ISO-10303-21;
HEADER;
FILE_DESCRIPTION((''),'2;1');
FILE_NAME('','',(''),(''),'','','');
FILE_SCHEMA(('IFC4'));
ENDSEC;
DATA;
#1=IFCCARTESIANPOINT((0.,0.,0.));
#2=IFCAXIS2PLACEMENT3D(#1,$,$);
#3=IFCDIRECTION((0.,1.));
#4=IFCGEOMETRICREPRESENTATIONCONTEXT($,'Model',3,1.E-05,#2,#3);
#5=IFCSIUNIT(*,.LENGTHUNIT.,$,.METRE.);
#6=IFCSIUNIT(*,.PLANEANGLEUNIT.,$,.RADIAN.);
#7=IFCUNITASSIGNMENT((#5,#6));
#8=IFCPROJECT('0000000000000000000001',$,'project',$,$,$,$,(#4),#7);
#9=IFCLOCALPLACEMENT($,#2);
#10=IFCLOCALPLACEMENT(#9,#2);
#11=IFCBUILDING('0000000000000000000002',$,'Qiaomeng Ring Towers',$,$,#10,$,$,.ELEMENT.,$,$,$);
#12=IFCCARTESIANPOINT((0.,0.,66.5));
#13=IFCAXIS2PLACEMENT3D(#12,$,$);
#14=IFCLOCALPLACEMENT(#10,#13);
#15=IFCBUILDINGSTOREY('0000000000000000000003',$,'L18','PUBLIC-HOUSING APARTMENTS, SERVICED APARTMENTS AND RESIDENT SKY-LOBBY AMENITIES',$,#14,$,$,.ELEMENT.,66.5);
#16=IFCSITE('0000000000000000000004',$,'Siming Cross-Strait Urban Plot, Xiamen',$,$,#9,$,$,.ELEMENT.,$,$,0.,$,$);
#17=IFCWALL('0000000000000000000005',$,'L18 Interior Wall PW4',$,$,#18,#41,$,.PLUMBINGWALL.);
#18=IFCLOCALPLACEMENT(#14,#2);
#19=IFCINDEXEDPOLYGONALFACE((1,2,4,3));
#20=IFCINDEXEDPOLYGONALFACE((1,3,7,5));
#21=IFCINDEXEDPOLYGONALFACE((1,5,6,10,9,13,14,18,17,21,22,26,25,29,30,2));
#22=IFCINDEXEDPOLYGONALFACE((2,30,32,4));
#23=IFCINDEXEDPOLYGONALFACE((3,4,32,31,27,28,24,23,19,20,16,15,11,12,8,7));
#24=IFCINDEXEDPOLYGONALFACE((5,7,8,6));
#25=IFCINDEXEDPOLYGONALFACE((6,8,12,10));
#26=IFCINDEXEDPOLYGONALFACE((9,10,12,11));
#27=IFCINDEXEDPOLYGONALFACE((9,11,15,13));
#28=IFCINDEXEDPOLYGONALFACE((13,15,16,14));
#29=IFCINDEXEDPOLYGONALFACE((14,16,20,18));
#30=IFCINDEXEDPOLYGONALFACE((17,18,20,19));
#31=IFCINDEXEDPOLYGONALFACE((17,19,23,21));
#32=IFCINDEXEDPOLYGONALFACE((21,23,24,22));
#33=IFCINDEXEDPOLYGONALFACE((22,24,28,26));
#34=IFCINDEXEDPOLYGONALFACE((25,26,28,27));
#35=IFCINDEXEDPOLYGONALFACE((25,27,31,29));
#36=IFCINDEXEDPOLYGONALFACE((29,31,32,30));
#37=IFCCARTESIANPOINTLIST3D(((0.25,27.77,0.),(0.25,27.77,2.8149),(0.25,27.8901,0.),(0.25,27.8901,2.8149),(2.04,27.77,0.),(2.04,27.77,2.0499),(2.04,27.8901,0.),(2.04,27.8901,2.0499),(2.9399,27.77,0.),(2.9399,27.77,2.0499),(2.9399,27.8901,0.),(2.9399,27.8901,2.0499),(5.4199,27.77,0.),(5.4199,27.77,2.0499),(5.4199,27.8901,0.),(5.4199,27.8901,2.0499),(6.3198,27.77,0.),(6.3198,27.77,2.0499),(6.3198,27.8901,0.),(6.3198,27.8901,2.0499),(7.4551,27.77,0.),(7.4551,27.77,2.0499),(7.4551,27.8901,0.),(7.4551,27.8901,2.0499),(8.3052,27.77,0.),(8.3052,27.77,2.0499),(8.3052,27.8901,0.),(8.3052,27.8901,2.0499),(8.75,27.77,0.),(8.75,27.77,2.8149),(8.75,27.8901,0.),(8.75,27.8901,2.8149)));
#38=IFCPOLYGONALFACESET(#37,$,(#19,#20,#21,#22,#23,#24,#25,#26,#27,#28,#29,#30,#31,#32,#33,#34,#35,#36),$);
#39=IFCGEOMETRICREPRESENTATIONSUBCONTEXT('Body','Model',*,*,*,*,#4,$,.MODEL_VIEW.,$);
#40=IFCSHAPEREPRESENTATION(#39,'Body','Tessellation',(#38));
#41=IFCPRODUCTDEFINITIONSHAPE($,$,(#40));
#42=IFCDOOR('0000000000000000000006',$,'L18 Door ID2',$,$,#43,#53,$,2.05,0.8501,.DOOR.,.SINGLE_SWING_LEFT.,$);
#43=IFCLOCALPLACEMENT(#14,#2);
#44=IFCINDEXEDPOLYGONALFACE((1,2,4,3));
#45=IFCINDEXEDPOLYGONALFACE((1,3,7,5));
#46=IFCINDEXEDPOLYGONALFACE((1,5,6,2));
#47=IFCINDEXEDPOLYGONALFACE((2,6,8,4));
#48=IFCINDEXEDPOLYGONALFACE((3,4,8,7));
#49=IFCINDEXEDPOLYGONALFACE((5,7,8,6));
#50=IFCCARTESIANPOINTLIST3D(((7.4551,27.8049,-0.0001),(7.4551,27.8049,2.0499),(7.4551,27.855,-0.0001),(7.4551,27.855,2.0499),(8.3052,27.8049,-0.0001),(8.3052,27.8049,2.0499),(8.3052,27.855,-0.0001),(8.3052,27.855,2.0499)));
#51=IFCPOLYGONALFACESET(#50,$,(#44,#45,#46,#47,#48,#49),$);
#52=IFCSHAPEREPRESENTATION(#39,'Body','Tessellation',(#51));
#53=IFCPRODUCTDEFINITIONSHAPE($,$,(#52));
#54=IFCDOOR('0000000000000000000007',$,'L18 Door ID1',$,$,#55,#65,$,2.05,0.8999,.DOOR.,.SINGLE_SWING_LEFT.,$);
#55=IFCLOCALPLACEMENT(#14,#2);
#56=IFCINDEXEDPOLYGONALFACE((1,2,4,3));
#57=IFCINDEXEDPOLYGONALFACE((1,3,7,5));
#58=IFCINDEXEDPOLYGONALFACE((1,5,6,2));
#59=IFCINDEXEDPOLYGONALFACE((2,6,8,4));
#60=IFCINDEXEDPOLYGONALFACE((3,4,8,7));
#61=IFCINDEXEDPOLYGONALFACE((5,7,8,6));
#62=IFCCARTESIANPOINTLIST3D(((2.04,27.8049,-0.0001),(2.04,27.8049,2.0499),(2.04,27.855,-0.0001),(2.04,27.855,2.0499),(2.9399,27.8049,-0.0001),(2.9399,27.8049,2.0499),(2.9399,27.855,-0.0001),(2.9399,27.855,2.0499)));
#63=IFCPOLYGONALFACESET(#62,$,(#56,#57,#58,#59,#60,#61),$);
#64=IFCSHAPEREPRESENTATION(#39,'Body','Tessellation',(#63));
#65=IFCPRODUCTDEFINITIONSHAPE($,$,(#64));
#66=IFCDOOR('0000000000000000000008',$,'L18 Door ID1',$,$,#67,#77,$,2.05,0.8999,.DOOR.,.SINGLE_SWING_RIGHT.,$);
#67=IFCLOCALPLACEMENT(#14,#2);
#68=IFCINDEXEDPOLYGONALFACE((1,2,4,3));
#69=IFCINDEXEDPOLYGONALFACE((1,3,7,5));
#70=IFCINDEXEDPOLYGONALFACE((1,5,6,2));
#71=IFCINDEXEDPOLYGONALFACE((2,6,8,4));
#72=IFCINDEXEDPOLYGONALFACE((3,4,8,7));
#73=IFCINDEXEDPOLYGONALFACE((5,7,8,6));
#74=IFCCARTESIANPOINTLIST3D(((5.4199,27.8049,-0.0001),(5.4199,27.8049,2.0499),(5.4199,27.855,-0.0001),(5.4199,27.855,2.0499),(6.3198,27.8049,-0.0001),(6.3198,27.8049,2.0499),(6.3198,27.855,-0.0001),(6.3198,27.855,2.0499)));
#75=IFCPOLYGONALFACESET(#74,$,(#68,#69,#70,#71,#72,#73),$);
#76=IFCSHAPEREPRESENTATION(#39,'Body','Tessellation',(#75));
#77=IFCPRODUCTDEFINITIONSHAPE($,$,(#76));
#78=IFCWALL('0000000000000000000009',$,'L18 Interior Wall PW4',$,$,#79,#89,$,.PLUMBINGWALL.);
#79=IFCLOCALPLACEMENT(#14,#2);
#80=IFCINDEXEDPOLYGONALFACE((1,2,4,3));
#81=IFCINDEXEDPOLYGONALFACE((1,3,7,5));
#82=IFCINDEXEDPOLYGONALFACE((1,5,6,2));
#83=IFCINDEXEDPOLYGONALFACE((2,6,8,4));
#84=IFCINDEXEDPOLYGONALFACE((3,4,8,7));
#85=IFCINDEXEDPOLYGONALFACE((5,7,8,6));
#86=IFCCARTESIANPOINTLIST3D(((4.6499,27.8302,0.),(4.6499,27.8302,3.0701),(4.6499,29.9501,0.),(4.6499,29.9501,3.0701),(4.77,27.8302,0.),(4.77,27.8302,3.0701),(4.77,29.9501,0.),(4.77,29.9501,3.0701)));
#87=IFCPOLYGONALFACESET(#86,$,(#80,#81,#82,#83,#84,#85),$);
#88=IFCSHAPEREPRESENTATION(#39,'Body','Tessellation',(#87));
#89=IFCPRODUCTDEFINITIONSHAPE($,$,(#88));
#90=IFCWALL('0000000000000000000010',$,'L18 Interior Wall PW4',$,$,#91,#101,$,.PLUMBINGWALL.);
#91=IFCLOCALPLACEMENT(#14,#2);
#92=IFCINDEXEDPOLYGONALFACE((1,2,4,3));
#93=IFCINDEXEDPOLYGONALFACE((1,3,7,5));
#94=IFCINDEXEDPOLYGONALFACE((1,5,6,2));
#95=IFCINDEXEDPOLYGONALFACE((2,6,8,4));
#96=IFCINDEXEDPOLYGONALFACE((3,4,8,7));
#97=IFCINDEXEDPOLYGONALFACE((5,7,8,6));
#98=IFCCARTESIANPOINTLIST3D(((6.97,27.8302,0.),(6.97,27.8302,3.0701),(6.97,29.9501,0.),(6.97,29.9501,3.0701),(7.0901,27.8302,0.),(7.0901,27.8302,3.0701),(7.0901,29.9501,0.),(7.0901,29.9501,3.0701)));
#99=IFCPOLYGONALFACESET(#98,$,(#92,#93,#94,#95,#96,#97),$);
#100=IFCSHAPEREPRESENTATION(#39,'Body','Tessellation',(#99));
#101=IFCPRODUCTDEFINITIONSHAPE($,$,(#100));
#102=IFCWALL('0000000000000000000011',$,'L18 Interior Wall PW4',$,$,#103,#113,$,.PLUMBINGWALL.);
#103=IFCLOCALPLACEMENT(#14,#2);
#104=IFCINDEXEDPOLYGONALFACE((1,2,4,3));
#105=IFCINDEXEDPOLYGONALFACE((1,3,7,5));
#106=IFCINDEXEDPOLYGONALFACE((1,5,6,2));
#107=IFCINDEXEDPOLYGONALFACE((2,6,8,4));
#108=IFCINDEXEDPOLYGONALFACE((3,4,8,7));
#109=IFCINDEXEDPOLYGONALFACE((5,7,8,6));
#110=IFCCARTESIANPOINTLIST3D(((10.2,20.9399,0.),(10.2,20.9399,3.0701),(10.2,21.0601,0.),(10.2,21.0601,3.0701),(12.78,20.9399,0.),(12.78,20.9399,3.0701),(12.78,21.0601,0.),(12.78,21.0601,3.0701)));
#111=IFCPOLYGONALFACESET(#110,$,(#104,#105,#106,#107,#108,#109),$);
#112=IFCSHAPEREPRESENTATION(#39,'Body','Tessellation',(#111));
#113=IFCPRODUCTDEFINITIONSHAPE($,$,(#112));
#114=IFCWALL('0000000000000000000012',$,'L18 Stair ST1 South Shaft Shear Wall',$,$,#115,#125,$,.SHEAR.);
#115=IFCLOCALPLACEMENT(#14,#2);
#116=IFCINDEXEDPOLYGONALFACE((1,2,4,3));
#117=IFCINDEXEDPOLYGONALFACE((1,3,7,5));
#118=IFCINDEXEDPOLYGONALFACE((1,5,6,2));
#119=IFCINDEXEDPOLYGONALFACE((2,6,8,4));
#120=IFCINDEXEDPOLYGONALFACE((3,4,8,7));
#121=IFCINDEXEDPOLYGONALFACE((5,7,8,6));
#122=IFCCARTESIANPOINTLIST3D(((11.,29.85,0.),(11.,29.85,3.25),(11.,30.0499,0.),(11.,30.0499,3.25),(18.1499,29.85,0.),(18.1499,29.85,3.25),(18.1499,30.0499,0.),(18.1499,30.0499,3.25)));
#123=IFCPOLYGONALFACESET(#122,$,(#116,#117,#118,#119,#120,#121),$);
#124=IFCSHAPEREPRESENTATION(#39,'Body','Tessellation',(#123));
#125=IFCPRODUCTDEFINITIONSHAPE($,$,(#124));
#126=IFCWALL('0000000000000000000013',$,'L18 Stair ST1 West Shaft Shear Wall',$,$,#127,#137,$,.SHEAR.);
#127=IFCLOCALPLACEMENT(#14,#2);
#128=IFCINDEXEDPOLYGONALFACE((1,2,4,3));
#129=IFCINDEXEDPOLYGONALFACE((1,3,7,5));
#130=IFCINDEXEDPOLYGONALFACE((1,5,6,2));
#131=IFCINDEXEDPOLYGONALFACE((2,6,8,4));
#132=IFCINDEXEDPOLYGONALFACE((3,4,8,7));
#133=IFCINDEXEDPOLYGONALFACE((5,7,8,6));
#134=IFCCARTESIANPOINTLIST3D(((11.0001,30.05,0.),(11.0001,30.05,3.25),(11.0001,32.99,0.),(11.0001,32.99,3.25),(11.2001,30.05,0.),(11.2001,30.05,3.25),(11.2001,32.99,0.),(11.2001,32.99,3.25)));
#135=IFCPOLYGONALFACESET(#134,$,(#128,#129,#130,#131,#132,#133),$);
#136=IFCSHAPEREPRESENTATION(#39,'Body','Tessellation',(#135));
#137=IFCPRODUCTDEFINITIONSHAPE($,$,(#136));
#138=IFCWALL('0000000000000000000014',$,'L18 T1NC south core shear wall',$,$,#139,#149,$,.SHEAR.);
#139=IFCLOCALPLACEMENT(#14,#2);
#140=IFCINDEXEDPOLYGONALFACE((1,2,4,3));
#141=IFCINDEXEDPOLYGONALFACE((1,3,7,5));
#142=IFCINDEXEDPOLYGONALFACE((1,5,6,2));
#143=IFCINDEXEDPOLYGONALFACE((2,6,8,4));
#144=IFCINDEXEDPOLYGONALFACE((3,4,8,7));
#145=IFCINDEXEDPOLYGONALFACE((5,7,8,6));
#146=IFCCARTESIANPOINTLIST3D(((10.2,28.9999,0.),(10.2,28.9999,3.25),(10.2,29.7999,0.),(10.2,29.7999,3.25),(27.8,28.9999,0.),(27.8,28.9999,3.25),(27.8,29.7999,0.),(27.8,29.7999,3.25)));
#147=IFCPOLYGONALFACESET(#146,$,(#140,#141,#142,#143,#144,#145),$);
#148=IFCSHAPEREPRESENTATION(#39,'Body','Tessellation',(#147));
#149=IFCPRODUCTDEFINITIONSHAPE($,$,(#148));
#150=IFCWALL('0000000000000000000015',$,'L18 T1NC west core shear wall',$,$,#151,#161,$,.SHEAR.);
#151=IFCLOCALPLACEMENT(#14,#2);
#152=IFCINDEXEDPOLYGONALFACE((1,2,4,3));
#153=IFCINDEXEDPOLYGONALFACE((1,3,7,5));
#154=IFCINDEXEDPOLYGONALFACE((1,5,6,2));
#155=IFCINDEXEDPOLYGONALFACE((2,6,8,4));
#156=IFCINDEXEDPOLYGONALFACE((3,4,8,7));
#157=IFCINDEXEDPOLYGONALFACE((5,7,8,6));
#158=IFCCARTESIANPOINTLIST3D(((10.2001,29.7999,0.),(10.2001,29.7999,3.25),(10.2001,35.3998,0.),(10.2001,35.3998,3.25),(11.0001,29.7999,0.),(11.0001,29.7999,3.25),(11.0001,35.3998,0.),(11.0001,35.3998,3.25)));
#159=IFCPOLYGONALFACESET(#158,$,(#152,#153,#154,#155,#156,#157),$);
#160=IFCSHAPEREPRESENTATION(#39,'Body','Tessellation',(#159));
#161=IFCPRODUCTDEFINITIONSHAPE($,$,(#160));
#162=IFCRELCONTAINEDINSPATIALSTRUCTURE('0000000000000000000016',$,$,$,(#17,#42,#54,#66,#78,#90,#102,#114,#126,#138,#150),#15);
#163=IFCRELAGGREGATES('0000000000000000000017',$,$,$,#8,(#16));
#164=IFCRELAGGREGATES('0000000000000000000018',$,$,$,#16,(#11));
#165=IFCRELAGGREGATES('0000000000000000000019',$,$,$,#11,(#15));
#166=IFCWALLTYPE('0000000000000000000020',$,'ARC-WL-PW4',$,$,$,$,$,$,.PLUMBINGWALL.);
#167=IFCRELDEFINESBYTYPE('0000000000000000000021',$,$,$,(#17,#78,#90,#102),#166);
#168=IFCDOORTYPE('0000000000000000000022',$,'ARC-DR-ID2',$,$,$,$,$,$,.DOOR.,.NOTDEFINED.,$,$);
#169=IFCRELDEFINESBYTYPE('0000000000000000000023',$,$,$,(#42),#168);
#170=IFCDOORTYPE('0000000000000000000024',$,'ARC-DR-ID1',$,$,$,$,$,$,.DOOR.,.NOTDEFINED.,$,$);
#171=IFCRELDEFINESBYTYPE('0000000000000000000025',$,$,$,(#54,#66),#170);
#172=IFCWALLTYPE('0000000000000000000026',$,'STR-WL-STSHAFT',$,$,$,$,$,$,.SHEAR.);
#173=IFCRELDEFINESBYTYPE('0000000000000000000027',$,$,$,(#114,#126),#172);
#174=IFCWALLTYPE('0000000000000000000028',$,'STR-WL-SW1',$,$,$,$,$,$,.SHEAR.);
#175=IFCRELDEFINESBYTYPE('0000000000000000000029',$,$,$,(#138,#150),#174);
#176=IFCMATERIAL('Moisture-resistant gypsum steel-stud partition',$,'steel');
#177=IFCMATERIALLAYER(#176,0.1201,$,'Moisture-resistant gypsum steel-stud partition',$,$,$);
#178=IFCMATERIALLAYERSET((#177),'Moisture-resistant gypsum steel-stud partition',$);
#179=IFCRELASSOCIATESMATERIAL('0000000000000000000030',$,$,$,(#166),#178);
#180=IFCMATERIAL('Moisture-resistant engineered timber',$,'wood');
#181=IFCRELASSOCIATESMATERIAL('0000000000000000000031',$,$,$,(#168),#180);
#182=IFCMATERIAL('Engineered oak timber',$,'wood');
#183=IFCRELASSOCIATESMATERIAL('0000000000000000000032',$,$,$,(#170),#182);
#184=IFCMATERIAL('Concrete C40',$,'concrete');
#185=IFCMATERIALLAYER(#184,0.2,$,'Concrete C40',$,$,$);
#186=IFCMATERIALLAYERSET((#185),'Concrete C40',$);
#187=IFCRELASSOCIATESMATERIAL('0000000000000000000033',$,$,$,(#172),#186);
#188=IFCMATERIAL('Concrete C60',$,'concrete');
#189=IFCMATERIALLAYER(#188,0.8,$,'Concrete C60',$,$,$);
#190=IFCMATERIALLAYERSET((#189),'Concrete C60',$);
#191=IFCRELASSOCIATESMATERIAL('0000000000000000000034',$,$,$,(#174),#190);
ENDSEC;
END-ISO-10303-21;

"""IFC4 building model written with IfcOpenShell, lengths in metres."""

from ifc_helpers import new_model, si_unit, direction, frame, frame_2d, origin, place, context, subcontext, project, spatial, rectangle, extrude, source, transform, mapped, material, layer, layer_set, type_object, element, fill, save


model = new_model("IFC4")

# Units and contexts
model_context = context("Model", 3, precision=1e-05, world=origin(), true_north=direction((0.0, 1.0)))
body_context = subcontext(model_context, "Body", "Model", "MODEL_VIEW")
ifc_project = project(units=[si_unit("LENGTHUNIT", "METRE"), si_unit("PLANEANGLEUNIT", "RADIAN")], contexts=[model_context])

# Site, building, storey
site_placement = place(None, origin())
site = spatial("IfcSite", under=ifc_project, at=site_placement, Name="Siming Cross-Strait Urban Plot, Xiamen", CompositionType="ELEMENT", RefElevation=0.0)
building_placement = place(site_placement, origin())
building = spatial("IfcBuilding", under=site, at=building_placement, Name="Qiaomeng Ring Towers", CompositionType="ELEMENT")
storey_placement = place(building_placement, frame((0.0, 0.0, 66.5)))
storey = spatial("IfcBuildingStorey", under=building, at=storey_placement, Name="L18", Description="PUBLIC-HOUSING APARTMENTS, SERVICED APARTMENTS AND RESIDENT SKY-LOBBY AMENITIES", CompositionType="ELEMENT", Elevation=66.5)

# Shared definitions
ifc_material_1 = material(Name="Concrete C60", Category="concrete")

# Wall, openings, doors
ifc_material_2 = material(Name="Moisture-resistant gypsum steel-stud partition", Category="steel")
ifc_layer_1 = layer(ifc_material_2, 0.1201, Name="Moisture-resistant gypsum steel-stud partition")
ifc_layer_set_1 = layer_set([ifc_layer_1], Name="Moisture-resistant gypsum steel-stud partition")
wall_type_1 = type_object("IfcWallType", Name="ARC-WL-PW4", PredefinedType="PLUMBINGWALL", material=ifc_layer_set_1)
wall_1_placement = place(storey_placement, frame((0.25, 27.8301, 0.0), z_axis=(0.0, 0.0, 1.0), x_axis=(1.0, 0.0, 0.0)))
wall_1 = element("IfcWall", 1, at=wall_1_placement, inside=storey, type_object=wall_type_1, Name="L18 Interior Wall PW4", PredefinedType="PLUMBINGWALL", context=body_context, shape_type="SweptSolid", body=[
    extrude(rectangle(XDim=8.5, YDim=0.1201, at=frame_2d((4.25, 0.0))), origin(), (0.0, 0.0, 1.0), 2.8149),
])
opening_1_placement = place(wall_1_placement, frame((1.79, 0.0, 0.0)))
opening_1 = element("IfcOpeningElement", 2, at=opening_1_placement, cuts=wall_1, PredefinedType="OPENING", context=body_context, shape_type="SweptSolid", body=[
    extrude(rectangle(XDim=0.8999, YDim=2.05, at=frame_2d((0.45, 1.0249))), frame((0.0, 0.0701, 0.0), z_axis=(0.0, -1.0, 0.0), x_axis=(1.0, 0.0, 0.0)), (0.0, 0.0, 1.0), 0.1401),
])
opening_2_placement = place(wall_1_placement, frame((5.1699, 0.0, 0.0)))
opening_2 = element("IfcOpeningElement", 3, at=opening_2_placement, cuts=wall_1, PredefinedType="OPENING", context=body_context, shape_type="SweptSolid", body=[
    extrude(rectangle(XDim=0.8999, YDim=2.05, at=frame_2d((0.45, 1.0249))), frame((0.0, 0.0701, 0.0), z_axis=(0.0, -1.0, 0.0), x_axis=(1.0, 0.0, 0.0)), (0.0, 0.0, 1.0), 0.1401),
])
opening_3_placement = place(wall_1_placement, frame((7.2051, 0.0, 0.0)))
opening_3 = element("IfcOpeningElement", 4, at=opening_3_placement, cuts=wall_1, PredefinedType="OPENING", context=body_context, shape_type="SweptSolid", body=[
    extrude(rectangle(XDim=0.8501, YDim=2.05, at=frame_2d((0.425, 1.0249))), frame((0.0, 0.0701, 0.0), z_axis=(0.0, -1.0, 0.0), x_axis=(1.0, 0.0, 0.0)), (0.0, 0.0, 1.0), 0.1401),
])
ifc_material_3 = material(Name="Moisture-resistant engineered timber", Category="wood")
door_type_1 = type_object("IfcDoorType", Name="ARC-DR-ID2", OperationType="NOTDEFINED", PredefinedType="DOOR", material=ifc_material_3)
shared_shape_1 = source(origin(), body_context, "Body", "SweptSolid", [
    extrude(rectangle(XDim=0.8501, YDim=2.05, at=frame_2d((0.425, 1.0249))), frame((0.0, 0.0249, 0.0), z_axis=(0.0, -1.0, 0.0), x_axis=(1.0, 0.0, 0.0)), (0.0, 0.0, 1.0), 0.05),
])
door_1_placement = place(opening_3_placement, origin())
door_1 = element("IfcDoor", 5, at=door_1_placement, inside=storey, type_object=door_type_1, Name="L18 Door ID2", OperationType="SINGLE_SWING_LEFT", OverallHeight=2.05, OverallWidth=0.8501, PredefinedType="DOOR", context=body_context, shape_type="MappedRepresentation", body=[
    mapped(shared_shape_1, transform((0.0, 0.0, 0.0), x_axis=(1.0, 0.0, 0.0), y_axis=(0.0, 1.0, 0.0), z_axis=(0.0, 0.0, 1.0), scale=1.0)),
])
fill(opening_3, door_1)
ifc_material_4 = material(Name="Engineered oak timber", Category="wood")
door_type_2 = type_object("IfcDoorType", Name="ARC-DR-ID1", OperationType="NOTDEFINED", PredefinedType="DOOR", material=ifc_material_4)
shared_shape_2 = source(origin(), body_context, "Body", "SweptSolid", [
    extrude(rectangle(XDim=0.8999, YDim=2.05, at=frame_2d((0.45, 1.0249))), frame((0.0, 0.0249, 0.0), z_axis=(0.0, -1.0, 0.0), x_axis=(1.0, 0.0, 0.0)), (0.0, 0.0, 1.0), 0.05),
])
door_2_placement = place(opening_1_placement, origin())
door_2 = element("IfcDoor", 6, at=door_2_placement, inside=storey, type_object=door_type_2, Name="L18 Door ID1", OperationType="SINGLE_SWING_LEFT", OverallHeight=2.05, OverallWidth=0.8999, PredefinedType="DOOR", context=body_context, shape_type="MappedRepresentation", body=[
    mapped(shared_shape_2, transform((0.0, 0.0, 0.0), x_axis=(1.0, 0.0, 0.0), y_axis=(0.0, 1.0, 0.0), z_axis=(0.0, 0.0, 1.0), scale=1.0)),
])
fill(opening_1, door_2)
door_3_placement = place(opening_2_placement, origin())
door_3 = element("IfcDoor", 7, at=door_3_placement, inside=storey, type_object=door_type_2, Name="L18 Door ID1", OperationType="SINGLE_SWING_RIGHT", OverallHeight=2.05, OverallWidth=0.8999, PredefinedType="DOOR", context=body_context, shape_type="MappedRepresentation", body=[
    mapped(shared_shape_2, transform((0.0, 0.0, 0.0), x_axis=(1.0, 0.0, 0.0), y_axis=(0.0, 1.0, 0.0), z_axis=(0.0, 0.0, 1.0), scale=1.0)),
])
fill(opening_2, door_3)

# Walls
for number, where, z_axis, x_axis, name in (
    (8, (4.71, 27.8301, 0.0), (0.0, 0.0, 1.0), (0.0, 1.0, 0.0), "L18 Interior Wall PW4"),
    (9, (7.03, 27.8301, 0.0), (0.0, 0.0, 1.0), (0.0, 1.0, 0.0), "L18 Interior Wall PW4"),
):
    element("IfcWall", number, at=place(storey_placement, frame(where, z_axis=z_axis, x_axis=x_axis)), inside=storey, type_object=wall_type_1, Name=name, PredefinedType="PLUMBINGWALL", context=body_context, shape_type="SweptSolid", body=[
        extrude(rectangle(XDim=2.1199, YDim=0.1201, at=frame_2d((1.0601, 0.0))), origin(), (0.0, 0.0, 1.0), 3.0701),
    ])
wall_2_placement = place(storey_placement, frame((10.2, 21.0, 0.0), z_axis=(0.0, 0.0, 1.0), x_axis=(1.0, 0.0, 0.0)))
element("IfcWall", 10, at=wall_2_placement, inside=storey, type_object=wall_type_1, Name="L18 Interior Wall PW4", PredefinedType="PLUMBINGWALL", context=body_context, shape_type="SweptSolid", body=[
    extrude(rectangle(XDim=2.5801, YDim=0.1201, at=frame_2d((1.29, 0.0))), origin(), (0.0, 0.0, 1.0), 3.0701),
])
ifc_material_5 = material(Name="Concrete C40", Category="concrete")
ifc_layer_2 = layer(ifc_material_5, 0.2, Name="Concrete C40")
ifc_layer_set_2 = layer_set([ifc_layer_2], Name="Concrete C40")
wall_type_2 = type_object("IfcWallType", Name="STR-WL-STSHAFT", PredefinedType="SHEAR", material=ifc_layer_set_2)
wall_3_placement = place(storey_placement, frame((11.0, 29.95, 0.0), z_axis=(0.0, 0.0, 1.0), x_axis=(1.0, 0.0, 0.0)))
element("IfcWall", 11, at=wall_3_placement, inside=storey, type_object=wall_type_2, Name="L18 Stair ST1 South Shaft Shear Wall", PredefinedType="SHEAR", context=body_context, shape_type="SweptSolid", body=[
    extrude(rectangle(XDim=7.1499, YDim=0.2, at=frame_2d((3.575, 0.0))), origin(), (0.0, 0.0, 1.0), 3.25),
])
wall_4_placement = place(storey_placement, frame((11.1001, 30.05, 0.0), z_axis=(0.0, 0.0, 1.0), x_axis=(0.0, 1.0, 0.0)))
element("IfcWall", 12, at=wall_4_placement, inside=storey, type_object=wall_type_2, Name="L18 Stair ST1 West Shaft Shear Wall", PredefinedType="SHEAR", context=body_context, shape_type="SweptSolid", body=[
    extrude(rectangle(XDim=2.9399, YDim=0.2, at=frame_2d((1.47, 0.0))), origin(), (0.0, 0.0, 1.0), 3.25),
])
ifc_layer_3 = layer(ifc_material_1, 0.8, Name="Concrete C60")
ifc_layer_set_3 = layer_set([ifc_layer_3], Name="Concrete C60")
wall_type_3 = type_object("IfcWallType", Name="STR-WL-SW1", PredefinedType="SHEAR", material=ifc_layer_set_3)
wall_5_placement = place(storey_placement, frame((10.2, 29.3999, 0.0), z_axis=(0.0, 0.0, 1.0), x_axis=(1.0, 0.0, 0.0)))
element("IfcWall", 13, at=wall_5_placement, inside=storey, type_object=wall_type_3, Name="L18 T1NC south core shear wall", PredefinedType="SHEAR", context=body_context, shape_type="SweptSolid", body=[
    extrude(rectangle(XDim=17.6001, YDim=0.8, at=frame_2d((8.8, 0.0))), origin(), (0.0, 0.0, 1.0), 3.25),
])
wall_6_placement = place(storey_placement, frame((10.6001, 29.8, 0.0), z_axis=(0.0, 0.0, 1.0), x_axis=(0.0, 1.0, 0.0)))
element("IfcWall", 14, at=wall_6_placement, inside=storey, type_object=wall_type_3, Name="L18 T1NC west core shear wall", PredefinedType="SHEAR", context=body_context, shape_type="SweptSolid", body=[
    extrude(rectangle(XDim=5.5999, YDim=0.8, at=frame_2d((2.7998, 0.0))), origin(), (0.0, 0.0, 1.0), 3.25),
])

save(model, "model.ifc")
